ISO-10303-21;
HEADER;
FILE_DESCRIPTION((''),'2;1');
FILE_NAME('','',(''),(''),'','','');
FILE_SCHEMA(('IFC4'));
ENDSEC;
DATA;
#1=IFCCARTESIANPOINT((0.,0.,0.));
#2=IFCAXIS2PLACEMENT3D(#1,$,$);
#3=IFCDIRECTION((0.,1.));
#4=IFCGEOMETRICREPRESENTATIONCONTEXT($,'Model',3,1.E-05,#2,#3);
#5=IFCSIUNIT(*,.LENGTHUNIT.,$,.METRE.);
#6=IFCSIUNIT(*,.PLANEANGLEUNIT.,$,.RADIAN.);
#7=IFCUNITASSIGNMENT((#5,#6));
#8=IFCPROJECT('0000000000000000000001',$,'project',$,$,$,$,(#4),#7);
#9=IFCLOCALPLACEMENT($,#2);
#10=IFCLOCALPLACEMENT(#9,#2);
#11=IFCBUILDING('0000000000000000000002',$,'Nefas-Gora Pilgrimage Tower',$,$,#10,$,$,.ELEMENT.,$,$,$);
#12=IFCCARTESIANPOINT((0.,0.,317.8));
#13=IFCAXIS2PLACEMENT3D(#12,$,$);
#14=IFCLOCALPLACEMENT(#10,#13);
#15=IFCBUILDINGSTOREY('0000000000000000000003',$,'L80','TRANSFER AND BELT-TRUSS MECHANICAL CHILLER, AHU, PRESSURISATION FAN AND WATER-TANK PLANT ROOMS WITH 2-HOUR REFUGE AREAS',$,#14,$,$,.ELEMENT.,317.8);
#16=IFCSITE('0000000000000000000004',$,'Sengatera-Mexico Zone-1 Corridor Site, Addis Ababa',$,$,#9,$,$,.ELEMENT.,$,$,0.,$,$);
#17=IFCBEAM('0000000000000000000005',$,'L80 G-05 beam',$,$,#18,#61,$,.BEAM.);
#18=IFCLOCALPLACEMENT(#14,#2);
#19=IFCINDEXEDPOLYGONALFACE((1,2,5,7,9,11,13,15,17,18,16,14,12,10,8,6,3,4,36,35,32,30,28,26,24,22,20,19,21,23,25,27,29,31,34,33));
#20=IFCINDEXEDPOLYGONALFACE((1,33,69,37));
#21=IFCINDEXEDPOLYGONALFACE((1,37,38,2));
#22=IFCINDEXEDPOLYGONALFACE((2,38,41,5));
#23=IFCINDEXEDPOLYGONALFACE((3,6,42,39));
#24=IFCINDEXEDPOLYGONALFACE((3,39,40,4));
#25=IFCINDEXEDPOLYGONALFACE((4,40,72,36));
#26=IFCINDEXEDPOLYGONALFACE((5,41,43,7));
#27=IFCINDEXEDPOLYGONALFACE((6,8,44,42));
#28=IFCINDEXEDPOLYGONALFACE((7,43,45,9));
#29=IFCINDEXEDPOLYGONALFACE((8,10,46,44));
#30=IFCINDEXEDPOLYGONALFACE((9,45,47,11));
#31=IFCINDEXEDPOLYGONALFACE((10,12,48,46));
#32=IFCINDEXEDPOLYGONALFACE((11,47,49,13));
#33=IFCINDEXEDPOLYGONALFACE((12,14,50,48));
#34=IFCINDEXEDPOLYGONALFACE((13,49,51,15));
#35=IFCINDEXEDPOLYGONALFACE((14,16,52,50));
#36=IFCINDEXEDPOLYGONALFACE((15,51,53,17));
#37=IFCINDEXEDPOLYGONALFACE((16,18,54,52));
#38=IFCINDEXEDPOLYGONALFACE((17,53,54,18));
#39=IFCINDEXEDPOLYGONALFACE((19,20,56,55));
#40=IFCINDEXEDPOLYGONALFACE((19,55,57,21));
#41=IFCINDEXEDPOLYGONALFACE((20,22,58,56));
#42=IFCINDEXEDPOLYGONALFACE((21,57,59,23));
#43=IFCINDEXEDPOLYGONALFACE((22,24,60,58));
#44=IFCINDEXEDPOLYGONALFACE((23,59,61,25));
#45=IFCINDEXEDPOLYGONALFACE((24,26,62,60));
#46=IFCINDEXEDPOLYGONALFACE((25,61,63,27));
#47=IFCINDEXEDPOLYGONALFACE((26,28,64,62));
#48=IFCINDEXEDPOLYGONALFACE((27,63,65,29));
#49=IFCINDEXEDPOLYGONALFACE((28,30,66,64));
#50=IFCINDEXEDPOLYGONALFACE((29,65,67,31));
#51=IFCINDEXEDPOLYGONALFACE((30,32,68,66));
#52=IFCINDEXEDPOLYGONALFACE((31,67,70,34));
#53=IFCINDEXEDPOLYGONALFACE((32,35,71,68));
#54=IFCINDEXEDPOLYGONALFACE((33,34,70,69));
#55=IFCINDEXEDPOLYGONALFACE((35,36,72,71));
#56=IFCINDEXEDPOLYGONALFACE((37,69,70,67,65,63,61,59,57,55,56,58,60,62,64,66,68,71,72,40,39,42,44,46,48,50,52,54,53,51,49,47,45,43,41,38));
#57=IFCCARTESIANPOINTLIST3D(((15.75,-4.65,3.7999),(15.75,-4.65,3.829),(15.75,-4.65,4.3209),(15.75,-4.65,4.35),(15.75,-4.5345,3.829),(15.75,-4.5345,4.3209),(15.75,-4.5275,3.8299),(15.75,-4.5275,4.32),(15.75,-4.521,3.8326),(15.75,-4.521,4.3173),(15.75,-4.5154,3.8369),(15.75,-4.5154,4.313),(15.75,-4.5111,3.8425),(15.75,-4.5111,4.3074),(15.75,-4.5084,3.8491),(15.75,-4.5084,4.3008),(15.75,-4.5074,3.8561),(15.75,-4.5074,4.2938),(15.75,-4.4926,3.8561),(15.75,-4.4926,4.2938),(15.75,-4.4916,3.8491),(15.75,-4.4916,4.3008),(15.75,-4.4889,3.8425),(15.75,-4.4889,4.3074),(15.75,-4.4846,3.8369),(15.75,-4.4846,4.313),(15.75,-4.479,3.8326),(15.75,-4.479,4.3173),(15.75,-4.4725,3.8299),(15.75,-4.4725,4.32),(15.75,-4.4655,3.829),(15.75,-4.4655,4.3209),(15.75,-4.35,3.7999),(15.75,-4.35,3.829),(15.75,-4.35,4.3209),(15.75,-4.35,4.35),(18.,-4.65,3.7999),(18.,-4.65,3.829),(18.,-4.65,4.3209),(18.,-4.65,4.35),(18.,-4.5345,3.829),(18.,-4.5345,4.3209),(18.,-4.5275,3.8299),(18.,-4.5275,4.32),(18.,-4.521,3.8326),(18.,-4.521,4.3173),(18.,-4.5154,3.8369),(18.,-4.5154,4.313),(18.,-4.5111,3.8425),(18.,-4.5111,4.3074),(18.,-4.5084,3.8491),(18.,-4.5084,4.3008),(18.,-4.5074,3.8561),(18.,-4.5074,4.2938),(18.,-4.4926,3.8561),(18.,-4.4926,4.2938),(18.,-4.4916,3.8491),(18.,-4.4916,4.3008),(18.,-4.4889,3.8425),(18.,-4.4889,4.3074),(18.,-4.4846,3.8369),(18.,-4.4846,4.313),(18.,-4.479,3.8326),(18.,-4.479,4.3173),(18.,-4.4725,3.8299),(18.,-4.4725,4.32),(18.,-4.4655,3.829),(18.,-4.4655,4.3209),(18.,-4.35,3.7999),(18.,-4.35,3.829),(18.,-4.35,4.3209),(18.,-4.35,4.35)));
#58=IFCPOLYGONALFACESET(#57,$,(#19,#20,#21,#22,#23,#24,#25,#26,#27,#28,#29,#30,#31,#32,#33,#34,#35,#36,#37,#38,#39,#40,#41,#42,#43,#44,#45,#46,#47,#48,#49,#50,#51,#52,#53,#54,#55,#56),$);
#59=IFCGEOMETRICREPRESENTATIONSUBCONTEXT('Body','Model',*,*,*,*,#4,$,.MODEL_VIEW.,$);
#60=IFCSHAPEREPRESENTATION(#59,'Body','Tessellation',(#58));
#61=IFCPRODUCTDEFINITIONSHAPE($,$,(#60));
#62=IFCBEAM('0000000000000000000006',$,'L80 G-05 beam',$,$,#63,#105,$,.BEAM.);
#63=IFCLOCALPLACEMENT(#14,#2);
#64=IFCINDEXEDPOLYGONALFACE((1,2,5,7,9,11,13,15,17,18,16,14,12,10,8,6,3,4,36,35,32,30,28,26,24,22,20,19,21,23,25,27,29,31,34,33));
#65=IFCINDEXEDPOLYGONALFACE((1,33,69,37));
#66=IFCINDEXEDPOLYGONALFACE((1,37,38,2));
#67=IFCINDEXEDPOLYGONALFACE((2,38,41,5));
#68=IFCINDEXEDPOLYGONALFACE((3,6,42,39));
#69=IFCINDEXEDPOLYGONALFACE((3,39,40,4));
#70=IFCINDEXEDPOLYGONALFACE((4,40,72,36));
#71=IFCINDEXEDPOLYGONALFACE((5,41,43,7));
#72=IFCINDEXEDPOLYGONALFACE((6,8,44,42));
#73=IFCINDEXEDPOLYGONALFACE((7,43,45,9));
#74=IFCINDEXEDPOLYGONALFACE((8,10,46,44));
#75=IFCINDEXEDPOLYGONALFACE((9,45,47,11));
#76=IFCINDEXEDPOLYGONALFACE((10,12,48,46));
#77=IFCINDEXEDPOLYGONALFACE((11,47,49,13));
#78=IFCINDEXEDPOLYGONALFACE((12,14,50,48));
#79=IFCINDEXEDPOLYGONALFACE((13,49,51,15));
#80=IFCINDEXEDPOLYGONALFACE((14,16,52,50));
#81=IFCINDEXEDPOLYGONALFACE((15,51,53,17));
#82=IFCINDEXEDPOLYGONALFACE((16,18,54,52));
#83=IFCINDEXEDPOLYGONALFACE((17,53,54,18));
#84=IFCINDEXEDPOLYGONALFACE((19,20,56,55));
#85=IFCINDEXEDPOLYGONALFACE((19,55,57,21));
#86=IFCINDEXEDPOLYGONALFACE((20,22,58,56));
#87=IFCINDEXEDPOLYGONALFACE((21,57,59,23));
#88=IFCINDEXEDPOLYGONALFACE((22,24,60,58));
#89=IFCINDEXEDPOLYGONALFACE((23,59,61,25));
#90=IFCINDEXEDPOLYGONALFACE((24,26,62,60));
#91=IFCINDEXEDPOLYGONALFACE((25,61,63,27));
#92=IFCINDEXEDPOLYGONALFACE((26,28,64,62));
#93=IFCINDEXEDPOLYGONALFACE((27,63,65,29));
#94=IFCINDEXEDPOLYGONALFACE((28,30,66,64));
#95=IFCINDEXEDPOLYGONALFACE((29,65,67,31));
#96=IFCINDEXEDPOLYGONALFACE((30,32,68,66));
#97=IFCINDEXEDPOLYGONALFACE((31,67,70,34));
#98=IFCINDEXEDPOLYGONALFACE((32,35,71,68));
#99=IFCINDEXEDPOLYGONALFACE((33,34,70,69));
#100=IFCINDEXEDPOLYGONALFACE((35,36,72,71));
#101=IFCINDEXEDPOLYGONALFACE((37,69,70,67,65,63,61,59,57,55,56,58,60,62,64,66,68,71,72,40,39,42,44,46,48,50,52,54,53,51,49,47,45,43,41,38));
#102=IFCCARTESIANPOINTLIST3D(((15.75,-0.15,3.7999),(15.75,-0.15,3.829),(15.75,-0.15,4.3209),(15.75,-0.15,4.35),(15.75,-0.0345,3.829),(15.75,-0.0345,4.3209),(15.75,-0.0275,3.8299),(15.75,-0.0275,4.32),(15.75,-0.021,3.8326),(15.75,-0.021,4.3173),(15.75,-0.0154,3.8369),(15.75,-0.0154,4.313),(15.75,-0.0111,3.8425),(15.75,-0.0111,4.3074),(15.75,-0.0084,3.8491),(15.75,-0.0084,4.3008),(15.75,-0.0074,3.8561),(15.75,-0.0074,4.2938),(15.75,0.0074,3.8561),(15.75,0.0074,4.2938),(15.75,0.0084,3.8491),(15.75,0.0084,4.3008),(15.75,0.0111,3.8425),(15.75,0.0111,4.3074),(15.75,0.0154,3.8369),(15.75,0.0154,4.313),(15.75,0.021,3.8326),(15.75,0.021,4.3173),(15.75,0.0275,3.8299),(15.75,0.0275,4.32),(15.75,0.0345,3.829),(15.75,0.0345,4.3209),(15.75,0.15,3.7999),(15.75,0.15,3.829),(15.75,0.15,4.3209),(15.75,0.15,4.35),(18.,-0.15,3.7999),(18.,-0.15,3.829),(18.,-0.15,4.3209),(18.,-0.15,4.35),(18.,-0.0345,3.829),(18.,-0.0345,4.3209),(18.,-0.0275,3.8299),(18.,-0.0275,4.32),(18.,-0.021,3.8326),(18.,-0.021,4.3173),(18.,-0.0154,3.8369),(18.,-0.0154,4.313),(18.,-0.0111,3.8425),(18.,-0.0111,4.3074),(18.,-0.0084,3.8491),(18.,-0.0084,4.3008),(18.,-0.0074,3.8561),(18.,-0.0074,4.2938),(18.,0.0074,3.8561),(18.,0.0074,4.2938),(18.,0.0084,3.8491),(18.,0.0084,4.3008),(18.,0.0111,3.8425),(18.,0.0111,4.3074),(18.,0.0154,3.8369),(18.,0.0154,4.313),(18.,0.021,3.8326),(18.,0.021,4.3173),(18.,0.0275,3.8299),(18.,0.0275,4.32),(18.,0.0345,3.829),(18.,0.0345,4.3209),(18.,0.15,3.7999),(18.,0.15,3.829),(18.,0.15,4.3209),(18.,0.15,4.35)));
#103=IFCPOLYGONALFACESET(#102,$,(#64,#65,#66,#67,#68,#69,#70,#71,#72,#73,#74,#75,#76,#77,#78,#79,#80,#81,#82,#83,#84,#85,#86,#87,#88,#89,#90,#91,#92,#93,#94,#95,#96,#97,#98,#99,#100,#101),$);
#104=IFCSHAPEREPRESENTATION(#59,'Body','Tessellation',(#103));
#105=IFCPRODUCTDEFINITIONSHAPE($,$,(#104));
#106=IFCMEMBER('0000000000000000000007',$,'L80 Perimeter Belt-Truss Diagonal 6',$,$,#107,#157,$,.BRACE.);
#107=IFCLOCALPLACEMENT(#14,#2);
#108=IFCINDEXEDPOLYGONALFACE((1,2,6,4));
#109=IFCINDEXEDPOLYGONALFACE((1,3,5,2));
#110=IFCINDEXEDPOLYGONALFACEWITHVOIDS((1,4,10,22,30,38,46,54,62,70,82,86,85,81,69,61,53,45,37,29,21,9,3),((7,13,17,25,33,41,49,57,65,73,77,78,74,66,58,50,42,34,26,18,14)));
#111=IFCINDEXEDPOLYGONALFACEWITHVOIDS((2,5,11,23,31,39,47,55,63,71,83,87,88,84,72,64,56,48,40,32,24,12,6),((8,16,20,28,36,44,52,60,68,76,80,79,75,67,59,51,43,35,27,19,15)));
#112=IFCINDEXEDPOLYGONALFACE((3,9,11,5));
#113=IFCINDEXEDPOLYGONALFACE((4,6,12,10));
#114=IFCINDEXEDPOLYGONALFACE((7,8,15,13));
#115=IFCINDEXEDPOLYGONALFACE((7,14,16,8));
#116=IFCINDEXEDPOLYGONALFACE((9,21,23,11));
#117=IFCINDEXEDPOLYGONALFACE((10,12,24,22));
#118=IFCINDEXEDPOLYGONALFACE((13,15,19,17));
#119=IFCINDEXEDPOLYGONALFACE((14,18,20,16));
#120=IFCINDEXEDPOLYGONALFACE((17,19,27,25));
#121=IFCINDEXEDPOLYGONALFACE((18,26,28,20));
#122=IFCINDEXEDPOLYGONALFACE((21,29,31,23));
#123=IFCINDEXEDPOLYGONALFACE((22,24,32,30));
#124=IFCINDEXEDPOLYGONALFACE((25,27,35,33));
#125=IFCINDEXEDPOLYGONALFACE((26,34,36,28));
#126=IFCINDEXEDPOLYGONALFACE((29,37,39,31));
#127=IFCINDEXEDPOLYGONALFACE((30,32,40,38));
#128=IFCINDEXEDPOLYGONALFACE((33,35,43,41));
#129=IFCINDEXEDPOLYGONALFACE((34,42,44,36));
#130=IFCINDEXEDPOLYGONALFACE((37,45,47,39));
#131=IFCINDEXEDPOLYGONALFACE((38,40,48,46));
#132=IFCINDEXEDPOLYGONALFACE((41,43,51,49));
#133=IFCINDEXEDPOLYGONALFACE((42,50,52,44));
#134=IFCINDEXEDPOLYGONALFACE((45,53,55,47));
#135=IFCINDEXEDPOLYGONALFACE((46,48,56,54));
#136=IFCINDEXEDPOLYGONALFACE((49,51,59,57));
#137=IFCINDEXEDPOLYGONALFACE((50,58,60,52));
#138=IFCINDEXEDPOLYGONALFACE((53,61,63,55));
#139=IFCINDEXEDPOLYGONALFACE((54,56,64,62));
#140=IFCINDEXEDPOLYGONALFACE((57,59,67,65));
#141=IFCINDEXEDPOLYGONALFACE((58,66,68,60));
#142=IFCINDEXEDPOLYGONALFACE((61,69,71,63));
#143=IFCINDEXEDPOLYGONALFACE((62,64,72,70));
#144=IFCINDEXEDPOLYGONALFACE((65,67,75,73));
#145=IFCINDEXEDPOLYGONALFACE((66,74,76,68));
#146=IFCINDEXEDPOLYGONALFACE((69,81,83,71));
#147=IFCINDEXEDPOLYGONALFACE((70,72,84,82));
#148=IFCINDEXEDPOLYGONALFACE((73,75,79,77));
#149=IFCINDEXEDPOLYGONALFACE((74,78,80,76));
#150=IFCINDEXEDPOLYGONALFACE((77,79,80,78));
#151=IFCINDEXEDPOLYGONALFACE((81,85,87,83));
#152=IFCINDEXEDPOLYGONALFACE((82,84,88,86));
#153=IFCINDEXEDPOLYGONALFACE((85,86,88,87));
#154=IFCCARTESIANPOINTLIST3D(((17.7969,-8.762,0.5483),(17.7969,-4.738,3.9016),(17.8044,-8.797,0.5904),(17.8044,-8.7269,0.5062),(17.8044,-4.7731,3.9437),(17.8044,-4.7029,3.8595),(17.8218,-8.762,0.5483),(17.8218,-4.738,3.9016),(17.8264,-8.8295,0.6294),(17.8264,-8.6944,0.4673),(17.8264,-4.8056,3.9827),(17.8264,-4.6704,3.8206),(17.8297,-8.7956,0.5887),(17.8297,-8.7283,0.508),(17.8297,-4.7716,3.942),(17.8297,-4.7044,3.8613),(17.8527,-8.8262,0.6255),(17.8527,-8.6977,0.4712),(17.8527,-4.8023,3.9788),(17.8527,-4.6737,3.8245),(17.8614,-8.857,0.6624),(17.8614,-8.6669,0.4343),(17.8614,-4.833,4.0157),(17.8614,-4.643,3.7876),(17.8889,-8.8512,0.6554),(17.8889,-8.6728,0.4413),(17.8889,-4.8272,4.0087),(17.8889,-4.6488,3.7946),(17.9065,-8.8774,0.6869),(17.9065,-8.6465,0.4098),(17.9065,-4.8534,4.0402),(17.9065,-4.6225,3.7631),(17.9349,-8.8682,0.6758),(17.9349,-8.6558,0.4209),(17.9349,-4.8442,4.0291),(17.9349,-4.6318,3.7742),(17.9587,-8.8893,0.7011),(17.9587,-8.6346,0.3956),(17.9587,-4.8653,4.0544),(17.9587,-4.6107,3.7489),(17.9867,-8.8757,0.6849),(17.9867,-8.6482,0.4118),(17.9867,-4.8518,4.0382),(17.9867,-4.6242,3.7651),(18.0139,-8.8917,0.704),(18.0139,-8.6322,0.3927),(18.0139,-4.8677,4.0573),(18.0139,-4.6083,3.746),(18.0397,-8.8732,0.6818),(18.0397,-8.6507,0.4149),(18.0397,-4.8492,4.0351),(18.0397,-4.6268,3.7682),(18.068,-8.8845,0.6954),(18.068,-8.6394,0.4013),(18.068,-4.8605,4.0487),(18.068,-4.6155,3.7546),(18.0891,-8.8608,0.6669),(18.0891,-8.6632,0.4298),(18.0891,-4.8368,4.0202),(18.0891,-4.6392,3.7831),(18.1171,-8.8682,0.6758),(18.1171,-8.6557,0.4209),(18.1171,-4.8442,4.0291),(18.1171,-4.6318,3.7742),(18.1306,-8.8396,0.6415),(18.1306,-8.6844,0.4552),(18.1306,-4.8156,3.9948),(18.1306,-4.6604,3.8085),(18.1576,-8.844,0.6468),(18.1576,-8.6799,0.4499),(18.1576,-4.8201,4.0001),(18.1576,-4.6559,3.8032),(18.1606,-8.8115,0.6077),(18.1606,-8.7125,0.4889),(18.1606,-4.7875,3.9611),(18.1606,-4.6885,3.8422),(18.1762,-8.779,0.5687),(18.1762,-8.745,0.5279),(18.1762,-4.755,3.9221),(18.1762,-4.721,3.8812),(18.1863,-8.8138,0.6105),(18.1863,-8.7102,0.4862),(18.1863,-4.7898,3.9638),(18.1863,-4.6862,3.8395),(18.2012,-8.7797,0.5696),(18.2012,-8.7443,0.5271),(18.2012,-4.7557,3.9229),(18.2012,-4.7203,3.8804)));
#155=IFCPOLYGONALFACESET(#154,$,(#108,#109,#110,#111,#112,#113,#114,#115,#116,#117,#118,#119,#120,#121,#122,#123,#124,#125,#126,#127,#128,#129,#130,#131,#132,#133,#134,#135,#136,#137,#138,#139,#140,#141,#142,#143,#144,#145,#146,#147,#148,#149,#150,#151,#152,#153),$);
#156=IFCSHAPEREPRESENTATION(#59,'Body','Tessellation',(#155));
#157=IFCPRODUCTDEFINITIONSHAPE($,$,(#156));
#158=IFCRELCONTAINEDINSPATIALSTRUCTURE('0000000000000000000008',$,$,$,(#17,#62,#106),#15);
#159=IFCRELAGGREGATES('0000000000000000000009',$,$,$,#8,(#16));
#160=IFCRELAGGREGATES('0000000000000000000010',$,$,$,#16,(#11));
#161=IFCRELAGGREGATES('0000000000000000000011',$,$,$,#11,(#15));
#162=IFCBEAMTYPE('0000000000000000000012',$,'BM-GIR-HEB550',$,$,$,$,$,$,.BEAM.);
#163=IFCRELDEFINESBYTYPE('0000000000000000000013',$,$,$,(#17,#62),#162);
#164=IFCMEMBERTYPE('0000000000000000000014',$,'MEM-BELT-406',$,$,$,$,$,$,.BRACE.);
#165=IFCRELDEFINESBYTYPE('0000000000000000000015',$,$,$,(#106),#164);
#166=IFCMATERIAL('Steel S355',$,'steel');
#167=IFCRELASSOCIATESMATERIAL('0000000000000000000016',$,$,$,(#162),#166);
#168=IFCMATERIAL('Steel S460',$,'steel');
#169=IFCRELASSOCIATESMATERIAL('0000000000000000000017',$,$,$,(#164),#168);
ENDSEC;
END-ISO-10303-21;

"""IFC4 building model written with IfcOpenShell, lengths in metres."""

from ifc_helpers import new_model, si_unit, direction, frame, origin, origin_2d, place, context, subcontext, project, spatial, hollow_circle, i_section, extrude, source, transform, mapped, material, material_profile, profile_set, type_object, element, save


model = new_model("IFC4")

# Units and contexts
model_context = context("Model", 3, precision=1e-05, world=origin(), true_north=direction((0.0, 1.0)))
body_context = subcontext(model_context, "Body", "Model", "MODEL_VIEW")
ifc_project = project(units=[si_unit("LENGTHUNIT", "METRE"), si_unit("PLANEANGLEUNIT", "RADIAN")], contexts=[model_context])

# Site, building, storey
site_placement = place(None, origin())
site = spatial("IfcSite", under=ifc_project, at=site_placement, Name="Sengatera-Mexico Zone-1 Corridor Site, Addis Ababa", CompositionType="ELEMENT", RefElevation=0.0)
building_placement = place(site_placement, origin())
building = spatial("IfcBuilding", under=site, at=building_placement, Name="Nefas-Gora Pilgrimage Tower", CompositionType="ELEMENT")
storey_placement = place(building_placement, frame((0.0, 0.0, 317.8)))
storey = spatial("IfcBuildingStorey", under=building, at=storey_placement, Name="L80", Description="TRANSFER AND BELT-TRUSS MECHANICAL CHILLER, AHU, PRESSURISATION FAN AND WATER-TANK PLANT ROOMS WITH 2-HOUR REFUGE AREAS", CompositionType="ELEMENT", Elevation=317.8)

# Shared definitions
ifc_material_1 = material(Name="Steel S355", Category="steel")

# Beams
ifc_material_profile_1 = material_profile(ifc_material_1, i_section(OverallWidth=0.3, OverallDepth=0.55, WebThickness=0.0149, FlangeThickness=0.0291, FilletRadius=0.0271, at=origin_2d()), Name="HEB 550")
ifc_profile_set_1 = profile_set([ifc_material_profile_1], Name="Steel S355")
beam_type_1 = type_object("IfcBeamType", Name="BM-GIR-HEB550", PredefinedType="BEAM", material=ifc_profile_set_1)
shared_shape_1 = source(origin(), body_context, "Body", "SweptSolid", [
    extrude(i_section(OverallWidth=0.3, OverallDepth=0.55, WebThickness=0.0149, FlangeThickness=0.0291, FilletRadius=0.0271, at=origin_2d()), origin(), (0.0, 0.0, 1.0), 2.25),
])
for number, where, z_axis, x_axis, name in (
    (1, (15.75, -4.5, 4.075), (1.0, 0.0, 0.0), (0.0, 1.0, 0.0), "L80 G-05 beam"),
    (2, (15.75, 0.0, 4.075), (1.0, 0.0, 0.0), (0.0, 1.0, 0.0), "L80 G-05 beam"),
):
    element("IfcBeam", number, at=place(storey_placement, frame(where, z_axis=z_axis, x_axis=x_axis)), inside=storey, type_object=beam_type_1, Name=name, PredefinedType="BEAM", context=body_context, shape_type="MappedRepresentation", body=[
        mapped(shared_shape_1, transform((0.0, 0.0, 0.0), x_axis=(1.0, 0.0, 0.0), y_axis=(0.0, 1.0, 0.0), z_axis=(0.0, 0.0, 1.0), scale=1.0)),
    ])

# Member
ifc_material_2 = material(Name="Steel S460", Category="steel")
ifc_material_profile_2 = material_profile(ifc_material_2, hollow_circle(Radius=0.2031, WallThickness=0.0249, at=origin_2d()), Name="CHS 406.4x25")
ifc_profile_set_2 = profile_set([ifc_material_profile_2], Name="Steel S460")
member_type_1 = type_object("IfcMemberType", Name="MEM-BELT-406", PredefinedType="BRACE", material=ifc_profile_set_2)
shared_shape_2 = source(origin(), body_context, "Body", "SweptSolid", [
    extrude(hollow_circle(Radius=0.2031, WallThickness=0.0249, at=origin_2d()), origin(), (0.0, 0.0, 1.0), 5.238),
])
member_1_placement = place(storey_placement, frame((18.0, -8.762, 0.5483), z_axis=(0.0, 0.768221, 0.640184), x_axis=(-1.0, 0.0, 0.0)))
element("IfcMember", 3, at=member_1_placement, inside=storey, type_object=member_type_1, Name="L80 Perimeter Belt-Truss Diagonal 6", PredefinedType="BRACE", context=body_context, shape_type="MappedRepresentation", body=[
    mapped(shared_shape_2, transform((0.0, 0.0, 0.0), x_axis=(1.0, 0.0, 0.0), y_axis=(0.0, 1.0, 0.0), z_axis=(0.0, 0.0, 1.0), scale=1.0)),
])

save(model, "model.ifc")
